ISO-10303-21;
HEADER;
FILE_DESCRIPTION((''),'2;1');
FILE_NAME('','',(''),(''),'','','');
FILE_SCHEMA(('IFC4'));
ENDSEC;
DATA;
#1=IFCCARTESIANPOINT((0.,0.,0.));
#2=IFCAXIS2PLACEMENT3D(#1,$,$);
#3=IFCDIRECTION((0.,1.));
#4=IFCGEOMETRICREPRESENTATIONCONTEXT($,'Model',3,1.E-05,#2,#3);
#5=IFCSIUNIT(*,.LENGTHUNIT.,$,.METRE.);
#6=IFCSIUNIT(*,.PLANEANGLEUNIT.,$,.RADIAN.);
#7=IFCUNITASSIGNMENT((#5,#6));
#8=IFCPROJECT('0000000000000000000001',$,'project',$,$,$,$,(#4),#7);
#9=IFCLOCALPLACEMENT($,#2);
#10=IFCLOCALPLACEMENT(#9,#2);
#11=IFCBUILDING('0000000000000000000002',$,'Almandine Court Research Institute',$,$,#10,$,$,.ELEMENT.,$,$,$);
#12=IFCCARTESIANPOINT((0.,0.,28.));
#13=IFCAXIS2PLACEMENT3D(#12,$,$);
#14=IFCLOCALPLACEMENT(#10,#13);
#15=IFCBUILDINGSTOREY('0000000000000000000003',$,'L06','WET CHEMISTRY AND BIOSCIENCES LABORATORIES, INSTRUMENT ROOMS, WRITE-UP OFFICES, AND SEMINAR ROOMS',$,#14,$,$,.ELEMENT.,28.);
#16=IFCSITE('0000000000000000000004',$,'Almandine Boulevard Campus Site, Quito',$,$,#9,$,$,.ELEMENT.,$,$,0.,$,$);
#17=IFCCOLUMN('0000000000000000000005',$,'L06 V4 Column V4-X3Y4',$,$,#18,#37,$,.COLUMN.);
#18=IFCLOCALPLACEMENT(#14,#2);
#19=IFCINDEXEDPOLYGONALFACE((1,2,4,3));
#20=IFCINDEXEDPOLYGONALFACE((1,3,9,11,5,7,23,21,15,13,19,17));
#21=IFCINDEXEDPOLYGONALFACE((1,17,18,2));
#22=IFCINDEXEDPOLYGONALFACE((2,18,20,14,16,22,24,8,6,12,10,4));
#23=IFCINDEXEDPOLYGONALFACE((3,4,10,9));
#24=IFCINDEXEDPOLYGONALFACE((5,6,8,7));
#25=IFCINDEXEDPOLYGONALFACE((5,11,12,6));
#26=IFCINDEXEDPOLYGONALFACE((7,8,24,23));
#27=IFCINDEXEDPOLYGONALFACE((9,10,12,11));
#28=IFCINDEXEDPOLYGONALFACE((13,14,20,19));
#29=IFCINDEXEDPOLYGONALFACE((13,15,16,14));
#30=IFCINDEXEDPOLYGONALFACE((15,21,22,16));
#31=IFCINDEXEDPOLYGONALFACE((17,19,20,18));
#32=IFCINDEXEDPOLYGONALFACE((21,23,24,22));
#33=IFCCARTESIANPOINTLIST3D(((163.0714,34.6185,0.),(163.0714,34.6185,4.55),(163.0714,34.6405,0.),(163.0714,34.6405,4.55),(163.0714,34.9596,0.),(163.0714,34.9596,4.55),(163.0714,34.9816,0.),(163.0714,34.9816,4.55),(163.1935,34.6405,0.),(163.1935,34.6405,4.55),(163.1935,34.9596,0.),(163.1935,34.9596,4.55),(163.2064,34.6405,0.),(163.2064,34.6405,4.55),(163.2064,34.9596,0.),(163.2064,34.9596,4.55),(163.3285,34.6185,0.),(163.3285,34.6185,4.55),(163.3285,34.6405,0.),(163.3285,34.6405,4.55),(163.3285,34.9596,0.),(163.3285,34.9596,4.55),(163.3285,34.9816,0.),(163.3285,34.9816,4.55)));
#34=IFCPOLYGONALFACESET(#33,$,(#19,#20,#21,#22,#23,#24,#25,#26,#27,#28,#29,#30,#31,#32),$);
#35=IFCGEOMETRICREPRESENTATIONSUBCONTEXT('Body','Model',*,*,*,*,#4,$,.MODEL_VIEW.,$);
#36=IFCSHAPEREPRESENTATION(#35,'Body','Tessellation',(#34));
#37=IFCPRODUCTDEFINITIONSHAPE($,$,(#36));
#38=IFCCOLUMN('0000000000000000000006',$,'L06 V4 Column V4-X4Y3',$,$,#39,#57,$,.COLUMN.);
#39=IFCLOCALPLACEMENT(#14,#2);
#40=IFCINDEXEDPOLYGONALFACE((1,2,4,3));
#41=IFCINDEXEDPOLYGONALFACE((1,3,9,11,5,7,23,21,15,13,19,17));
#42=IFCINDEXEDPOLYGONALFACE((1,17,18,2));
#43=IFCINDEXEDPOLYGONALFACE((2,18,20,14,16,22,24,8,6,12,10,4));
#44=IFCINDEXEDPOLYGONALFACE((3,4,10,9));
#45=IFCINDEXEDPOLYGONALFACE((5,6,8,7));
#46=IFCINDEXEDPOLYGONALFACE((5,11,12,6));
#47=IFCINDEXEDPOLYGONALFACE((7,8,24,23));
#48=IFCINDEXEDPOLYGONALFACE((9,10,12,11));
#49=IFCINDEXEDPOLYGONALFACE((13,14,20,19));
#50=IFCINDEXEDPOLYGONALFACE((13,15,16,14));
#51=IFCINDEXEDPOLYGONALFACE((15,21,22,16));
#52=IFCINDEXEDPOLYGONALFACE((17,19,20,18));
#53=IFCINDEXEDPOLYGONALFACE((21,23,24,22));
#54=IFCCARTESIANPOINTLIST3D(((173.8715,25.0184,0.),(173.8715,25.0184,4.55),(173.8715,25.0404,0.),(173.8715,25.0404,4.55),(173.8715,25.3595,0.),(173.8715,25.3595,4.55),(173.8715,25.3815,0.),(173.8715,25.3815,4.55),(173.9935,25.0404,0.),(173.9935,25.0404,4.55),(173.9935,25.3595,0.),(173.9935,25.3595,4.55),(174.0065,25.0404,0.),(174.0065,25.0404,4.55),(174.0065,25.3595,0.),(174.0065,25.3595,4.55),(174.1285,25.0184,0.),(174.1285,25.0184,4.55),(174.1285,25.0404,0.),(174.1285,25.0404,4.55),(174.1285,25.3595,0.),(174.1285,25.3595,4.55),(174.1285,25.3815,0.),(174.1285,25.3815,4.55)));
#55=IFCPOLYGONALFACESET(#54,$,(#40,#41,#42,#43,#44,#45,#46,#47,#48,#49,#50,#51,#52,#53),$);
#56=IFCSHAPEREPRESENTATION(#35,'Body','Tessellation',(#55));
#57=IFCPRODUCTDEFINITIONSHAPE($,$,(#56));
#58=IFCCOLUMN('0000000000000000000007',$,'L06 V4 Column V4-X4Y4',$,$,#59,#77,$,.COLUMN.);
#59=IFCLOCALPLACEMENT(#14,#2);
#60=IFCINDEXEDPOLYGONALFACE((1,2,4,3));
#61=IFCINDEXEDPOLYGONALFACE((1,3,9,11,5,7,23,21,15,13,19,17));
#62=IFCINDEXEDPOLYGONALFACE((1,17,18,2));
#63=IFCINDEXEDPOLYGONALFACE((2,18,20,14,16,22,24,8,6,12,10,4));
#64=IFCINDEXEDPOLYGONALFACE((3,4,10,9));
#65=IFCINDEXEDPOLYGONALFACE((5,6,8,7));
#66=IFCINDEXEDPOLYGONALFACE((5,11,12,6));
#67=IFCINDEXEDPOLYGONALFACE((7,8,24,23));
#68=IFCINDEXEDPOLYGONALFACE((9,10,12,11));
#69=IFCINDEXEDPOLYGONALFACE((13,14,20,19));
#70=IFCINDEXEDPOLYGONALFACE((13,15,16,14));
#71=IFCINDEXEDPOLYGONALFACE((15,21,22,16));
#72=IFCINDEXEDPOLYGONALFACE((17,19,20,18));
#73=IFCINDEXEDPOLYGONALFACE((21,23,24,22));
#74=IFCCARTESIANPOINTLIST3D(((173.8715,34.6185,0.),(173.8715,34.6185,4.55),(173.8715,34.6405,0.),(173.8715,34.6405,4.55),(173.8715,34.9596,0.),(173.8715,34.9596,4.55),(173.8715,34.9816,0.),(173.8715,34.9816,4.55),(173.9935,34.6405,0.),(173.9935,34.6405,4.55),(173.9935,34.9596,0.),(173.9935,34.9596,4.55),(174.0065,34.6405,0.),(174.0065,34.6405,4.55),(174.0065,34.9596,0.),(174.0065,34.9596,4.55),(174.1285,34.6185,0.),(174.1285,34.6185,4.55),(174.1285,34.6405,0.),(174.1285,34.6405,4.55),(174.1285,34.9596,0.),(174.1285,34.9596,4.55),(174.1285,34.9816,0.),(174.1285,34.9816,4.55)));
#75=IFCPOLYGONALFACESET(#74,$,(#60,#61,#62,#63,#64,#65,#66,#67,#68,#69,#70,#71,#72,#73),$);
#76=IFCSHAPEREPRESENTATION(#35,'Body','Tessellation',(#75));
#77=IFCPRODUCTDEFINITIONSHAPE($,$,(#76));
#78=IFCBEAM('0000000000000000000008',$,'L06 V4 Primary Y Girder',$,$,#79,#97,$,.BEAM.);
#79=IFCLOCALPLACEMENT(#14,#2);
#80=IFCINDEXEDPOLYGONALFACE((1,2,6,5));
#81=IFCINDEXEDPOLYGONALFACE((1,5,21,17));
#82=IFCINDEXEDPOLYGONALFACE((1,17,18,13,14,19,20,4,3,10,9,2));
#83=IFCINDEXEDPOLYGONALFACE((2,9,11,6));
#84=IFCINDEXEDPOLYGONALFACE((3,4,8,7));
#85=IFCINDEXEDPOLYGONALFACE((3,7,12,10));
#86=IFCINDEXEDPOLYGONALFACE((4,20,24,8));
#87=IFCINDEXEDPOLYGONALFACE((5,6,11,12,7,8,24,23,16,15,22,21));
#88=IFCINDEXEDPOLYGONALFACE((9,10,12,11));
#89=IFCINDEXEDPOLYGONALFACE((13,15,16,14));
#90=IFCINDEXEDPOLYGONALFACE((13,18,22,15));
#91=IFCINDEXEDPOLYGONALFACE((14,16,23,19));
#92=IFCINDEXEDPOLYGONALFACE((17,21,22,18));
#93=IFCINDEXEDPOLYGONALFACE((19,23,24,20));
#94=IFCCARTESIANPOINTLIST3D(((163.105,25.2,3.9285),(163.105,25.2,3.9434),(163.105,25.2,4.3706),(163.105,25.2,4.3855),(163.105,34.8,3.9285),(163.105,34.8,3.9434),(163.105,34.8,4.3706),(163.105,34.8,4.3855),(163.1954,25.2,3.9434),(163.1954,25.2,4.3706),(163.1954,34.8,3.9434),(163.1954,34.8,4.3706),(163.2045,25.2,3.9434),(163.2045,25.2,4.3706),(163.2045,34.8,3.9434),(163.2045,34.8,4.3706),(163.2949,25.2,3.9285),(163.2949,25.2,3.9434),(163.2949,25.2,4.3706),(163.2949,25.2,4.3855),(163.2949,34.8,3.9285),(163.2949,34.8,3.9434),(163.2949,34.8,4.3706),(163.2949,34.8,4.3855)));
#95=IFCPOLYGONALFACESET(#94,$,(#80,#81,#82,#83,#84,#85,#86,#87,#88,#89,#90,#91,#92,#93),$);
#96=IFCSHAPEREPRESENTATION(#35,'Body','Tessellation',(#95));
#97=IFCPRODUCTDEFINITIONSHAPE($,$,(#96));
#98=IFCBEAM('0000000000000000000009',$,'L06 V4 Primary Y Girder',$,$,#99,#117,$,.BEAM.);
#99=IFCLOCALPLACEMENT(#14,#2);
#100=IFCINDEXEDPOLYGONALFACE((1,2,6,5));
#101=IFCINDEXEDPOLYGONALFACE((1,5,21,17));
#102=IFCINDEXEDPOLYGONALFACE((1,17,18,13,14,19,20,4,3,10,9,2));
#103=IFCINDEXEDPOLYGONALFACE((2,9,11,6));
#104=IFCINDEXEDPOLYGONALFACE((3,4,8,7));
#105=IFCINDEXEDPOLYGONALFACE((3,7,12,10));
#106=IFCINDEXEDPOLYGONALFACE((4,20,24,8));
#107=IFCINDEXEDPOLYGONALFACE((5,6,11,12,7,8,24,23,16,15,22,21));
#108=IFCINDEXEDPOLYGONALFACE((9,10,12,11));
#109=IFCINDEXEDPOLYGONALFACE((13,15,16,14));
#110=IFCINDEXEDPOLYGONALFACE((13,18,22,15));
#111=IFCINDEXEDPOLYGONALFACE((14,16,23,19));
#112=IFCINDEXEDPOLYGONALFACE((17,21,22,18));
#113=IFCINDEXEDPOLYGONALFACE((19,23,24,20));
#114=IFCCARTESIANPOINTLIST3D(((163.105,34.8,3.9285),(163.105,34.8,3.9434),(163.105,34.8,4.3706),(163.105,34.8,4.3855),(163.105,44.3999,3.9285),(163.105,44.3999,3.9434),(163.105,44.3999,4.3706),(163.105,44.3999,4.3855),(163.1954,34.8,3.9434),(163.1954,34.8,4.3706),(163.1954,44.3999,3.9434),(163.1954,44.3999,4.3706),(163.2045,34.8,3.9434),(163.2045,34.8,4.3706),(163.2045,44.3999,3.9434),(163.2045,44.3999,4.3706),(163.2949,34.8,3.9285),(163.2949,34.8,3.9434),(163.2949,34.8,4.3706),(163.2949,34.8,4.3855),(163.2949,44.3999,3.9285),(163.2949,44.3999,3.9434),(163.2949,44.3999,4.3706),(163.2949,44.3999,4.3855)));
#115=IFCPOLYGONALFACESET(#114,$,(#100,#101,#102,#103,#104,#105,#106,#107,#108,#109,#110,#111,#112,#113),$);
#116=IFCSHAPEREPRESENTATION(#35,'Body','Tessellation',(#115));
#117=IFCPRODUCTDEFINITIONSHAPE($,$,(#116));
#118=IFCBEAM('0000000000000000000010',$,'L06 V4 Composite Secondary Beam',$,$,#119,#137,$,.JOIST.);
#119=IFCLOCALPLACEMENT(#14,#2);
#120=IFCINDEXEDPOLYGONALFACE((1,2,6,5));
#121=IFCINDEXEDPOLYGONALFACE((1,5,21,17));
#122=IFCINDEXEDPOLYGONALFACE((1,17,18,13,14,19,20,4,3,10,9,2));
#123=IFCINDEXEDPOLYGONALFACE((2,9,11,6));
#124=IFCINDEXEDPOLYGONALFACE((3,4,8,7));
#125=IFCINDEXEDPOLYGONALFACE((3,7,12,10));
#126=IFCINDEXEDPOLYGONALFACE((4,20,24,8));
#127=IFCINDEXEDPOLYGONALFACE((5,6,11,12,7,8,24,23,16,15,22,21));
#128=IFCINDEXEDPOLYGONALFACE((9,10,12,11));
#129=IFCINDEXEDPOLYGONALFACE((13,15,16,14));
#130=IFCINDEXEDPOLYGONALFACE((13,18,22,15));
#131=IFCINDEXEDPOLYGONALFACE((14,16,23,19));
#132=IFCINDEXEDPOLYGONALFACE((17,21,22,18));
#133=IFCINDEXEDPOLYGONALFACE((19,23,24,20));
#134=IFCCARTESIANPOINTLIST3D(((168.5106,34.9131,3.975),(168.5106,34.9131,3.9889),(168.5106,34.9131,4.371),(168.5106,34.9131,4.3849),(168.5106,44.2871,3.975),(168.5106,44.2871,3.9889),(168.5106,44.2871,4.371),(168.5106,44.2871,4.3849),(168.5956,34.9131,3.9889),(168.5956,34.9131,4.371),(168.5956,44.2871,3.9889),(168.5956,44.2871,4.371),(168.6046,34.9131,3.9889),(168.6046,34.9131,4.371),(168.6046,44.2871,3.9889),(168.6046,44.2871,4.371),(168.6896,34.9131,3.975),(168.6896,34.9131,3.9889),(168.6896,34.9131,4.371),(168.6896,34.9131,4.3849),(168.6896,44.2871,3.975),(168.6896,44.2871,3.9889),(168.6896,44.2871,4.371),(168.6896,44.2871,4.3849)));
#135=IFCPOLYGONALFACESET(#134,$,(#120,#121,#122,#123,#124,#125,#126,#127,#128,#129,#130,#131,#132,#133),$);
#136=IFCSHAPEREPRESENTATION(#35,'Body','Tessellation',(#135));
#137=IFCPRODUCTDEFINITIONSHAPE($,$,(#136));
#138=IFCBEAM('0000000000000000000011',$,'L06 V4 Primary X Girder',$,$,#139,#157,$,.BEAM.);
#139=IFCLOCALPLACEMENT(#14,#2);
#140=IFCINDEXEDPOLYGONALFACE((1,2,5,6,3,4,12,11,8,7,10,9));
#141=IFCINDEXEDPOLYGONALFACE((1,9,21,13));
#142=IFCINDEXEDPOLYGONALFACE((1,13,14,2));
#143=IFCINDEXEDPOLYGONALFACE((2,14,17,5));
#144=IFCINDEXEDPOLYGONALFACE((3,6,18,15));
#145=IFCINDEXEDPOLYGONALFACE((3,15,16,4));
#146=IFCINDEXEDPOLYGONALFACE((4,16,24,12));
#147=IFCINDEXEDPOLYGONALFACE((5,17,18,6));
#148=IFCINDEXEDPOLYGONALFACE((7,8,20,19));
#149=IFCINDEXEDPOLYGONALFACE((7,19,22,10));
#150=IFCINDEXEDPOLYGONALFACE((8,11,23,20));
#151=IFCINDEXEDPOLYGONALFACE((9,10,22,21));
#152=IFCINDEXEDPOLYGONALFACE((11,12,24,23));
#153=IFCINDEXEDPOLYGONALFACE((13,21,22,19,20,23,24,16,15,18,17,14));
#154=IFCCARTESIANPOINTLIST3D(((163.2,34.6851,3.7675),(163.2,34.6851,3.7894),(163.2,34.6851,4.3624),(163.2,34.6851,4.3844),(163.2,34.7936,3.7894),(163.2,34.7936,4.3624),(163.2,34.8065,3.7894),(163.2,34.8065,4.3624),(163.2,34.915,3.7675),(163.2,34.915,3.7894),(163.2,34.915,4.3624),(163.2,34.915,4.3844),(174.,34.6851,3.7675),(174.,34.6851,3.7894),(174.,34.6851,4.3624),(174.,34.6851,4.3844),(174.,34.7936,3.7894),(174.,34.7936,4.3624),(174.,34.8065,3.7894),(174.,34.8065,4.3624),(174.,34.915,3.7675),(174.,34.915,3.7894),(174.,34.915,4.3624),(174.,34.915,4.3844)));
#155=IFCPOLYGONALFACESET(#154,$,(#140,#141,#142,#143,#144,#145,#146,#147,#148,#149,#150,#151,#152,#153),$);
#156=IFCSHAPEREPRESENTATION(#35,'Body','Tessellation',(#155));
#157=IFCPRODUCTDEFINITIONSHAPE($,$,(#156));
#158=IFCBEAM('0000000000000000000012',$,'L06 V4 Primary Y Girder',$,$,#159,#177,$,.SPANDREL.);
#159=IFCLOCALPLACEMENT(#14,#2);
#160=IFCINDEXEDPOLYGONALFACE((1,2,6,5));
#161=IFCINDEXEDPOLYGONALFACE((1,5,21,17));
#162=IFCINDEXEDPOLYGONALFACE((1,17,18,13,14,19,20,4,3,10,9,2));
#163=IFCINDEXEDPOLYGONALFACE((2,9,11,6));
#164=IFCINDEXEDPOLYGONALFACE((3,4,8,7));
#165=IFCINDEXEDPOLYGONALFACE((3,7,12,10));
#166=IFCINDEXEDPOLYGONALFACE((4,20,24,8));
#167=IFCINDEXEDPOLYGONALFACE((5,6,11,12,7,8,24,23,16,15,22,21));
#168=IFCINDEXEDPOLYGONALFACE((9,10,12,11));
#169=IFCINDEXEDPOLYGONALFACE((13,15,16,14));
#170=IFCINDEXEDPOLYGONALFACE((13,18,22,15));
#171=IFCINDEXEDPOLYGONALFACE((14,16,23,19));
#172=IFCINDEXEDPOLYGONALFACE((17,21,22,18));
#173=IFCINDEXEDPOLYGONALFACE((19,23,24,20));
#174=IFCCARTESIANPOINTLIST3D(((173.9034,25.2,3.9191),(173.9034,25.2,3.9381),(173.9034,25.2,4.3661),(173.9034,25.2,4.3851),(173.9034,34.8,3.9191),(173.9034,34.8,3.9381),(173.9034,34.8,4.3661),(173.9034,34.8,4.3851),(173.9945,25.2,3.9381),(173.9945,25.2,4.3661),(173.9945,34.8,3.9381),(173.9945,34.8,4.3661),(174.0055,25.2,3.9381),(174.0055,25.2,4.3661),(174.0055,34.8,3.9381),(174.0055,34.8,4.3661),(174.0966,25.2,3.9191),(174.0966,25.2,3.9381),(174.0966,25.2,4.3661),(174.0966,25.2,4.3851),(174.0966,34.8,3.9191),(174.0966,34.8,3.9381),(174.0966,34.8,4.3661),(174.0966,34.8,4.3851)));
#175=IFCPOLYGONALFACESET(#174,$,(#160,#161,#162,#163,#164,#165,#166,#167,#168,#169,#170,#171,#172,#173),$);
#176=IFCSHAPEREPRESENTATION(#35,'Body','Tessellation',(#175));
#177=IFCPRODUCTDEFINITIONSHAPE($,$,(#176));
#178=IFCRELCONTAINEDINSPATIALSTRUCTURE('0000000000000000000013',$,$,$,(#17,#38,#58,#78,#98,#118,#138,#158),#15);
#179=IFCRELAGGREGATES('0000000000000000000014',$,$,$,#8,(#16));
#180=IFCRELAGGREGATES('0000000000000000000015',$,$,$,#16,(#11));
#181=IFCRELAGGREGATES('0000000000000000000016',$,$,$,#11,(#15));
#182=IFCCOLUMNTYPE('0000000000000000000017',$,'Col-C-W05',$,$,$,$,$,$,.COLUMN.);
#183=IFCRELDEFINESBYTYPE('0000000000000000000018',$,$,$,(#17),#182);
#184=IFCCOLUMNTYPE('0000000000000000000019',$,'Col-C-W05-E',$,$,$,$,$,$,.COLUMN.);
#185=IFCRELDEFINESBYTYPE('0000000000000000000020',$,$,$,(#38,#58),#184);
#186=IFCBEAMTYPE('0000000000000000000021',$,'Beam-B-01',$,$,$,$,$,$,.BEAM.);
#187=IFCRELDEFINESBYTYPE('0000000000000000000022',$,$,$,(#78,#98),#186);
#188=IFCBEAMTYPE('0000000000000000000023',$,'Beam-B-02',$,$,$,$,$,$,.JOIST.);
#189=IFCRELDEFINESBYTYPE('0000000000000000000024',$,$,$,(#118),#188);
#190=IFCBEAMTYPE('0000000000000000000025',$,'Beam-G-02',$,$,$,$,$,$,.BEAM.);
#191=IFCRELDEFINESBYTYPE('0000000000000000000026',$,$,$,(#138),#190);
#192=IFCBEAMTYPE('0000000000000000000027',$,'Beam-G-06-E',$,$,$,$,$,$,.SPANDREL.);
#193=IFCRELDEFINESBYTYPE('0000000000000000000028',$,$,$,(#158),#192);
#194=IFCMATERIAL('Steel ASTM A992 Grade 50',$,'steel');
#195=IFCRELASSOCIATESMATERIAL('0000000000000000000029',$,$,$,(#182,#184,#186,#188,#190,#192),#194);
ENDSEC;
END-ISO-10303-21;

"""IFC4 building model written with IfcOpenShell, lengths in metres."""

from ifc_helpers import new_model, si_unit, direction, frame, origin, origin_2d, place, context, subcontext, project, spatial, i_section, extrude, material, material_profile, profile_set, type_object, element, save


model = new_model("IFC4")

# Units and contexts
model_context = context("Model", 3, precision=1e-05, world=origin(), true_north=direction((0.0, 1.0)))
body_context = subcontext(model_context, "Body", "Model", "MODEL_VIEW")
ifc_project = project(units=[si_unit("LENGTHUNIT", "METRE"), si_unit("PLANEANGLEUNIT", "RADIAN")], contexts=[model_context])

# Site, building, storey
site_placement = place(None, origin())
site = spatial("IfcSite", under=ifc_project, at=site_placement, Name="Almandine Boulevard Campus Site, Quito", CompositionType="ELEMENT", RefElevation=0.0)
building_placement = place(site_placement, origin())
building = spatial("IfcBuilding", under=site, at=building_placement, Name="Almandine Court Research Institute", CompositionType="ELEMENT")
storey_placement = place(building_placement, frame((0.0, 0.0, 28.0)))
storey = spatial("IfcBuildingStorey", under=building, at=storey_placement, Name="L06", Description="WET CHEMISTRY AND BIOSCIENCES LABORATORIES, INSTRUMENT ROOMS, WRITE-UP OFFICES, AND SEMINAR ROOMS", CompositionType="ELEMENT", Elevation=28.0)

# Columns
ifc_material_1 = material(Name="Steel ASTM A992 Grade 50", Category="steel")
ifc_material_profile_1 = material_profile(ifc_material_1, i_section(OverallWidth=0.2571, OverallDepth=0.363, WebThickness=0.0129, FlangeThickness=0.022, at=origin_2d()), Name="W360x122")
ifc_profile_set_1 = profile_set([ifc_material_profile_1], Name="Steel ASTM A992 Grade 50")
column_type_1 = type_object("IfcColumnType", Name="Col-C-W05", PredefinedType="COLUMN", material=ifc_profile_set_1)
column_placement = place(storey_placement, frame((163.2, 34.8, 0.0), z_axis=(0.0, 0.0, 1.0), x_axis=(1.0, 0.0, 0.0)))
element("IfcColumn", 1, at=column_placement, inside=storey, type_object=column_type_1, Name="L06 V4 Column V4-X3Y4", PredefinedType="COLUMN", context=body_context, shape_type="SweptSolid", body=[
    extrude(i_section(OverallWidth=0.2571, OverallDepth=0.363, WebThickness=0.0129, FlangeThickness=0.022, at=origin_2d()), origin(), (0.0, 0.0, 1.0), 4.55),
])
ifc_material_profile_2 = material_profile(ifc_material_1, i_section(OverallWidth=0.2571, OverallDepth=0.363, WebThickness=0.0129, FlangeThickness=0.022, at=origin_2d()), Name="W360x122")
ifc_profile_set_2 = profile_set([ifc_material_profile_2], Name="Steel ASTM A992 Grade 50")
column_type_2 = type_object("IfcColumnType", Name="Col-C-W05-E", PredefinedType="COLUMN", material=ifc_profile_set_2)
for number, where, z_axis, x_axis, name in (
    (2, (174.0, 25.2, 0.0), (0.0, 0.0, 1.0), (1.0, 0.0, 0.0), "L06 V4 Column V4-X4Y3"),
    (3, (174.0, 34.8, 0.0), (0.0, 0.0, 1.0), (1.0, 0.0, 0.0), "L06 V4 Column V4-X4Y4"),
):
    element("IfcColumn", number, at=place(storey_placement, frame(where, z_axis=z_axis, x_axis=x_axis)), inside=storey, type_object=column_type_2, Name=name, PredefinedType="COLUMN", context=body_context, shape_type="SweptSolid", body=[
        extrude(i_section(OverallWidth=0.2571, OverallDepth=0.363, WebThickness=0.0129, FlangeThickness=0.022, at=origin_2d()), origin(), (0.0, 0.0, 1.0), 4.55),
    ])

# Beams
ifc_material_profile_3 = material_profile(ifc_material_1, i_section(OverallWidth=0.1899, OverallDepth=0.457, WebThickness=0.009, FlangeThickness=0.0149, at=origin_2d()), Name="W460x74")
ifc_profile_set_3 = profile_set([ifc_material_profile_3], Name="Steel ASTM A992 Grade 50")
beam_type_1 = type_object("IfcBeamType", Name="Beam-B-01", PredefinedType="BEAM", material=ifc_profile_set_3)
beam_1_placement = place(storey_placement, frame((163.2, 25.2, 4.157), z_axis=(0.0, 1.0, 0.0), x_axis=(-1.0, 0.0, 0.0)))
element("IfcBeam", 4, at=beam_1_placement, inside=storey, type_object=beam_type_1, Name="L06 V4 Primary Y Girder", PredefinedType="BEAM", context=body_context, shape_type="SweptSolid", body=[
    extrude(i_section(OverallWidth=0.1899, OverallDepth=0.457, WebThickness=0.009, FlangeThickness=0.0149, at=origin_2d()), origin(), (0.0, 0.0, 1.0), 9.6001),
])
beam_2_placement = place(storey_placement, frame((163.2, 34.8, 4.157), z_axis=(0.0, 1.0, 0.0), x_axis=(-1.0, 0.0, 0.0)))
element("IfcBeam", 5, at=beam_2_placement, inside=storey, type_object=beam_type_1, Name="L06 V4 Primary Y Girder", PredefinedType="BEAM", context=body_context, shape_type="SweptSolid", body=[
    extrude(i_section(OverallWidth=0.1899, OverallDepth=0.457, WebThickness=0.009, FlangeThickness=0.0149, at=origin_2d()), origin(), (0.0, 0.0, 1.0), 9.5999),
])
ifc_material_profile_4 = material_profile(ifc_material_1, i_section(OverallWidth=0.179, OverallDepth=0.4099, WebThickness=0.009, FlangeThickness=0.0139, at=origin_2d()), Name="W410x67")
ifc_profile_set_4 = profile_set([ifc_material_profile_4], Name="Steel ASTM A992 Grade 50")
beam_type_2 = type_object("IfcBeamType", Name="Beam-B-02", PredefinedType="JOIST", material=ifc_profile_set_4)
beam_3_placement = place(storey_placement, frame((168.6001, 34.9131, 4.1799), z_axis=(0.0, 1.0, 0.0), x_axis=(-1.0, 0.0, 0.0)))
element("IfcBeam", 6, at=beam_3_placement, inside=storey, type_object=beam_type_2, Name="L06 V4 Composite Secondary Beam", PredefinedType="JOIST", context=body_context, shape_type="SweptSolid", body=[
    extrude(i_section(OverallWidth=0.179, OverallDepth=0.4099, WebThickness=0.009, FlangeThickness=0.0139, at=origin_2d()), origin(), (0.0, 0.0, 1.0), 9.374),
])
ifc_material_profile_5 = material_profile(ifc_material_1, i_section(OverallWidth=0.23, OverallDepth=0.6169, WebThickness=0.0129, FlangeThickness=0.022, at=origin_2d()), Name="W610x140")
ifc_profile_set_5 = profile_set([ifc_material_profile_5], Name="Steel ASTM A992 Grade 50")
beam_type_3 = type_object("IfcBeamType", Name="Beam-G-02", PredefinedType="BEAM", material=ifc_profile_set_5)
beam_4_placement = place(storey_placement, frame((163.2, 34.8, 4.0759), z_axis=(1.0, 0.0, 0.0), x_axis=(0.0, 1.0, 0.0)))
element("IfcBeam", 7, at=beam_4_placement, inside=storey, type_object=beam_type_3, Name="L06 V4 Primary X Girder", PredefinedType="BEAM", context=body_context, shape_type="SweptSolid", body=[
    extrude(i_section(OverallWidth=0.23, OverallDepth=0.6169, WebThickness=0.0129, FlangeThickness=0.022, at=origin_2d()), origin(), (0.0, 0.0, 1.0), 10.8),
])
ifc_material_profile_6 = material_profile(ifc_material_1, i_section(OverallWidth=0.1931, OverallDepth=0.4661, WebThickness=0.011, FlangeThickness=0.019, at=origin_2d()), Name="W460x97")
ifc_profile_set_6 = profile_set([ifc_material_profile_6], Name="Steel ASTM A992 Grade 50")
beam_type_4 = type_object("IfcBeamType", Name="Beam-G-06-E", PredefinedType="SPANDREL", material=ifc_profile_set_6)
beam_5_placement = place(storey_placement, frame((174.0, 25.2, 4.1521), z_axis=(0.0, 1.0, 0.0), x_axis=(-1.0, 0.0, 0.0)))
element("IfcBeam", 8, at=beam_5_placement, inside=storey, type_object=beam_type_4, Name="L06 V4 Primary Y Girder", PredefinedType="SPANDREL", context=body_context, shape_type="SweptSolid", body=[
    extrude(i_section(OverallWidth=0.1931, OverallDepth=0.4661, WebThickness=0.011, FlangeThickness=0.019, at=origin_2d()), origin(), (0.0, 0.0, 1.0), 9.6001),
])

save(model, "model.ifc")
